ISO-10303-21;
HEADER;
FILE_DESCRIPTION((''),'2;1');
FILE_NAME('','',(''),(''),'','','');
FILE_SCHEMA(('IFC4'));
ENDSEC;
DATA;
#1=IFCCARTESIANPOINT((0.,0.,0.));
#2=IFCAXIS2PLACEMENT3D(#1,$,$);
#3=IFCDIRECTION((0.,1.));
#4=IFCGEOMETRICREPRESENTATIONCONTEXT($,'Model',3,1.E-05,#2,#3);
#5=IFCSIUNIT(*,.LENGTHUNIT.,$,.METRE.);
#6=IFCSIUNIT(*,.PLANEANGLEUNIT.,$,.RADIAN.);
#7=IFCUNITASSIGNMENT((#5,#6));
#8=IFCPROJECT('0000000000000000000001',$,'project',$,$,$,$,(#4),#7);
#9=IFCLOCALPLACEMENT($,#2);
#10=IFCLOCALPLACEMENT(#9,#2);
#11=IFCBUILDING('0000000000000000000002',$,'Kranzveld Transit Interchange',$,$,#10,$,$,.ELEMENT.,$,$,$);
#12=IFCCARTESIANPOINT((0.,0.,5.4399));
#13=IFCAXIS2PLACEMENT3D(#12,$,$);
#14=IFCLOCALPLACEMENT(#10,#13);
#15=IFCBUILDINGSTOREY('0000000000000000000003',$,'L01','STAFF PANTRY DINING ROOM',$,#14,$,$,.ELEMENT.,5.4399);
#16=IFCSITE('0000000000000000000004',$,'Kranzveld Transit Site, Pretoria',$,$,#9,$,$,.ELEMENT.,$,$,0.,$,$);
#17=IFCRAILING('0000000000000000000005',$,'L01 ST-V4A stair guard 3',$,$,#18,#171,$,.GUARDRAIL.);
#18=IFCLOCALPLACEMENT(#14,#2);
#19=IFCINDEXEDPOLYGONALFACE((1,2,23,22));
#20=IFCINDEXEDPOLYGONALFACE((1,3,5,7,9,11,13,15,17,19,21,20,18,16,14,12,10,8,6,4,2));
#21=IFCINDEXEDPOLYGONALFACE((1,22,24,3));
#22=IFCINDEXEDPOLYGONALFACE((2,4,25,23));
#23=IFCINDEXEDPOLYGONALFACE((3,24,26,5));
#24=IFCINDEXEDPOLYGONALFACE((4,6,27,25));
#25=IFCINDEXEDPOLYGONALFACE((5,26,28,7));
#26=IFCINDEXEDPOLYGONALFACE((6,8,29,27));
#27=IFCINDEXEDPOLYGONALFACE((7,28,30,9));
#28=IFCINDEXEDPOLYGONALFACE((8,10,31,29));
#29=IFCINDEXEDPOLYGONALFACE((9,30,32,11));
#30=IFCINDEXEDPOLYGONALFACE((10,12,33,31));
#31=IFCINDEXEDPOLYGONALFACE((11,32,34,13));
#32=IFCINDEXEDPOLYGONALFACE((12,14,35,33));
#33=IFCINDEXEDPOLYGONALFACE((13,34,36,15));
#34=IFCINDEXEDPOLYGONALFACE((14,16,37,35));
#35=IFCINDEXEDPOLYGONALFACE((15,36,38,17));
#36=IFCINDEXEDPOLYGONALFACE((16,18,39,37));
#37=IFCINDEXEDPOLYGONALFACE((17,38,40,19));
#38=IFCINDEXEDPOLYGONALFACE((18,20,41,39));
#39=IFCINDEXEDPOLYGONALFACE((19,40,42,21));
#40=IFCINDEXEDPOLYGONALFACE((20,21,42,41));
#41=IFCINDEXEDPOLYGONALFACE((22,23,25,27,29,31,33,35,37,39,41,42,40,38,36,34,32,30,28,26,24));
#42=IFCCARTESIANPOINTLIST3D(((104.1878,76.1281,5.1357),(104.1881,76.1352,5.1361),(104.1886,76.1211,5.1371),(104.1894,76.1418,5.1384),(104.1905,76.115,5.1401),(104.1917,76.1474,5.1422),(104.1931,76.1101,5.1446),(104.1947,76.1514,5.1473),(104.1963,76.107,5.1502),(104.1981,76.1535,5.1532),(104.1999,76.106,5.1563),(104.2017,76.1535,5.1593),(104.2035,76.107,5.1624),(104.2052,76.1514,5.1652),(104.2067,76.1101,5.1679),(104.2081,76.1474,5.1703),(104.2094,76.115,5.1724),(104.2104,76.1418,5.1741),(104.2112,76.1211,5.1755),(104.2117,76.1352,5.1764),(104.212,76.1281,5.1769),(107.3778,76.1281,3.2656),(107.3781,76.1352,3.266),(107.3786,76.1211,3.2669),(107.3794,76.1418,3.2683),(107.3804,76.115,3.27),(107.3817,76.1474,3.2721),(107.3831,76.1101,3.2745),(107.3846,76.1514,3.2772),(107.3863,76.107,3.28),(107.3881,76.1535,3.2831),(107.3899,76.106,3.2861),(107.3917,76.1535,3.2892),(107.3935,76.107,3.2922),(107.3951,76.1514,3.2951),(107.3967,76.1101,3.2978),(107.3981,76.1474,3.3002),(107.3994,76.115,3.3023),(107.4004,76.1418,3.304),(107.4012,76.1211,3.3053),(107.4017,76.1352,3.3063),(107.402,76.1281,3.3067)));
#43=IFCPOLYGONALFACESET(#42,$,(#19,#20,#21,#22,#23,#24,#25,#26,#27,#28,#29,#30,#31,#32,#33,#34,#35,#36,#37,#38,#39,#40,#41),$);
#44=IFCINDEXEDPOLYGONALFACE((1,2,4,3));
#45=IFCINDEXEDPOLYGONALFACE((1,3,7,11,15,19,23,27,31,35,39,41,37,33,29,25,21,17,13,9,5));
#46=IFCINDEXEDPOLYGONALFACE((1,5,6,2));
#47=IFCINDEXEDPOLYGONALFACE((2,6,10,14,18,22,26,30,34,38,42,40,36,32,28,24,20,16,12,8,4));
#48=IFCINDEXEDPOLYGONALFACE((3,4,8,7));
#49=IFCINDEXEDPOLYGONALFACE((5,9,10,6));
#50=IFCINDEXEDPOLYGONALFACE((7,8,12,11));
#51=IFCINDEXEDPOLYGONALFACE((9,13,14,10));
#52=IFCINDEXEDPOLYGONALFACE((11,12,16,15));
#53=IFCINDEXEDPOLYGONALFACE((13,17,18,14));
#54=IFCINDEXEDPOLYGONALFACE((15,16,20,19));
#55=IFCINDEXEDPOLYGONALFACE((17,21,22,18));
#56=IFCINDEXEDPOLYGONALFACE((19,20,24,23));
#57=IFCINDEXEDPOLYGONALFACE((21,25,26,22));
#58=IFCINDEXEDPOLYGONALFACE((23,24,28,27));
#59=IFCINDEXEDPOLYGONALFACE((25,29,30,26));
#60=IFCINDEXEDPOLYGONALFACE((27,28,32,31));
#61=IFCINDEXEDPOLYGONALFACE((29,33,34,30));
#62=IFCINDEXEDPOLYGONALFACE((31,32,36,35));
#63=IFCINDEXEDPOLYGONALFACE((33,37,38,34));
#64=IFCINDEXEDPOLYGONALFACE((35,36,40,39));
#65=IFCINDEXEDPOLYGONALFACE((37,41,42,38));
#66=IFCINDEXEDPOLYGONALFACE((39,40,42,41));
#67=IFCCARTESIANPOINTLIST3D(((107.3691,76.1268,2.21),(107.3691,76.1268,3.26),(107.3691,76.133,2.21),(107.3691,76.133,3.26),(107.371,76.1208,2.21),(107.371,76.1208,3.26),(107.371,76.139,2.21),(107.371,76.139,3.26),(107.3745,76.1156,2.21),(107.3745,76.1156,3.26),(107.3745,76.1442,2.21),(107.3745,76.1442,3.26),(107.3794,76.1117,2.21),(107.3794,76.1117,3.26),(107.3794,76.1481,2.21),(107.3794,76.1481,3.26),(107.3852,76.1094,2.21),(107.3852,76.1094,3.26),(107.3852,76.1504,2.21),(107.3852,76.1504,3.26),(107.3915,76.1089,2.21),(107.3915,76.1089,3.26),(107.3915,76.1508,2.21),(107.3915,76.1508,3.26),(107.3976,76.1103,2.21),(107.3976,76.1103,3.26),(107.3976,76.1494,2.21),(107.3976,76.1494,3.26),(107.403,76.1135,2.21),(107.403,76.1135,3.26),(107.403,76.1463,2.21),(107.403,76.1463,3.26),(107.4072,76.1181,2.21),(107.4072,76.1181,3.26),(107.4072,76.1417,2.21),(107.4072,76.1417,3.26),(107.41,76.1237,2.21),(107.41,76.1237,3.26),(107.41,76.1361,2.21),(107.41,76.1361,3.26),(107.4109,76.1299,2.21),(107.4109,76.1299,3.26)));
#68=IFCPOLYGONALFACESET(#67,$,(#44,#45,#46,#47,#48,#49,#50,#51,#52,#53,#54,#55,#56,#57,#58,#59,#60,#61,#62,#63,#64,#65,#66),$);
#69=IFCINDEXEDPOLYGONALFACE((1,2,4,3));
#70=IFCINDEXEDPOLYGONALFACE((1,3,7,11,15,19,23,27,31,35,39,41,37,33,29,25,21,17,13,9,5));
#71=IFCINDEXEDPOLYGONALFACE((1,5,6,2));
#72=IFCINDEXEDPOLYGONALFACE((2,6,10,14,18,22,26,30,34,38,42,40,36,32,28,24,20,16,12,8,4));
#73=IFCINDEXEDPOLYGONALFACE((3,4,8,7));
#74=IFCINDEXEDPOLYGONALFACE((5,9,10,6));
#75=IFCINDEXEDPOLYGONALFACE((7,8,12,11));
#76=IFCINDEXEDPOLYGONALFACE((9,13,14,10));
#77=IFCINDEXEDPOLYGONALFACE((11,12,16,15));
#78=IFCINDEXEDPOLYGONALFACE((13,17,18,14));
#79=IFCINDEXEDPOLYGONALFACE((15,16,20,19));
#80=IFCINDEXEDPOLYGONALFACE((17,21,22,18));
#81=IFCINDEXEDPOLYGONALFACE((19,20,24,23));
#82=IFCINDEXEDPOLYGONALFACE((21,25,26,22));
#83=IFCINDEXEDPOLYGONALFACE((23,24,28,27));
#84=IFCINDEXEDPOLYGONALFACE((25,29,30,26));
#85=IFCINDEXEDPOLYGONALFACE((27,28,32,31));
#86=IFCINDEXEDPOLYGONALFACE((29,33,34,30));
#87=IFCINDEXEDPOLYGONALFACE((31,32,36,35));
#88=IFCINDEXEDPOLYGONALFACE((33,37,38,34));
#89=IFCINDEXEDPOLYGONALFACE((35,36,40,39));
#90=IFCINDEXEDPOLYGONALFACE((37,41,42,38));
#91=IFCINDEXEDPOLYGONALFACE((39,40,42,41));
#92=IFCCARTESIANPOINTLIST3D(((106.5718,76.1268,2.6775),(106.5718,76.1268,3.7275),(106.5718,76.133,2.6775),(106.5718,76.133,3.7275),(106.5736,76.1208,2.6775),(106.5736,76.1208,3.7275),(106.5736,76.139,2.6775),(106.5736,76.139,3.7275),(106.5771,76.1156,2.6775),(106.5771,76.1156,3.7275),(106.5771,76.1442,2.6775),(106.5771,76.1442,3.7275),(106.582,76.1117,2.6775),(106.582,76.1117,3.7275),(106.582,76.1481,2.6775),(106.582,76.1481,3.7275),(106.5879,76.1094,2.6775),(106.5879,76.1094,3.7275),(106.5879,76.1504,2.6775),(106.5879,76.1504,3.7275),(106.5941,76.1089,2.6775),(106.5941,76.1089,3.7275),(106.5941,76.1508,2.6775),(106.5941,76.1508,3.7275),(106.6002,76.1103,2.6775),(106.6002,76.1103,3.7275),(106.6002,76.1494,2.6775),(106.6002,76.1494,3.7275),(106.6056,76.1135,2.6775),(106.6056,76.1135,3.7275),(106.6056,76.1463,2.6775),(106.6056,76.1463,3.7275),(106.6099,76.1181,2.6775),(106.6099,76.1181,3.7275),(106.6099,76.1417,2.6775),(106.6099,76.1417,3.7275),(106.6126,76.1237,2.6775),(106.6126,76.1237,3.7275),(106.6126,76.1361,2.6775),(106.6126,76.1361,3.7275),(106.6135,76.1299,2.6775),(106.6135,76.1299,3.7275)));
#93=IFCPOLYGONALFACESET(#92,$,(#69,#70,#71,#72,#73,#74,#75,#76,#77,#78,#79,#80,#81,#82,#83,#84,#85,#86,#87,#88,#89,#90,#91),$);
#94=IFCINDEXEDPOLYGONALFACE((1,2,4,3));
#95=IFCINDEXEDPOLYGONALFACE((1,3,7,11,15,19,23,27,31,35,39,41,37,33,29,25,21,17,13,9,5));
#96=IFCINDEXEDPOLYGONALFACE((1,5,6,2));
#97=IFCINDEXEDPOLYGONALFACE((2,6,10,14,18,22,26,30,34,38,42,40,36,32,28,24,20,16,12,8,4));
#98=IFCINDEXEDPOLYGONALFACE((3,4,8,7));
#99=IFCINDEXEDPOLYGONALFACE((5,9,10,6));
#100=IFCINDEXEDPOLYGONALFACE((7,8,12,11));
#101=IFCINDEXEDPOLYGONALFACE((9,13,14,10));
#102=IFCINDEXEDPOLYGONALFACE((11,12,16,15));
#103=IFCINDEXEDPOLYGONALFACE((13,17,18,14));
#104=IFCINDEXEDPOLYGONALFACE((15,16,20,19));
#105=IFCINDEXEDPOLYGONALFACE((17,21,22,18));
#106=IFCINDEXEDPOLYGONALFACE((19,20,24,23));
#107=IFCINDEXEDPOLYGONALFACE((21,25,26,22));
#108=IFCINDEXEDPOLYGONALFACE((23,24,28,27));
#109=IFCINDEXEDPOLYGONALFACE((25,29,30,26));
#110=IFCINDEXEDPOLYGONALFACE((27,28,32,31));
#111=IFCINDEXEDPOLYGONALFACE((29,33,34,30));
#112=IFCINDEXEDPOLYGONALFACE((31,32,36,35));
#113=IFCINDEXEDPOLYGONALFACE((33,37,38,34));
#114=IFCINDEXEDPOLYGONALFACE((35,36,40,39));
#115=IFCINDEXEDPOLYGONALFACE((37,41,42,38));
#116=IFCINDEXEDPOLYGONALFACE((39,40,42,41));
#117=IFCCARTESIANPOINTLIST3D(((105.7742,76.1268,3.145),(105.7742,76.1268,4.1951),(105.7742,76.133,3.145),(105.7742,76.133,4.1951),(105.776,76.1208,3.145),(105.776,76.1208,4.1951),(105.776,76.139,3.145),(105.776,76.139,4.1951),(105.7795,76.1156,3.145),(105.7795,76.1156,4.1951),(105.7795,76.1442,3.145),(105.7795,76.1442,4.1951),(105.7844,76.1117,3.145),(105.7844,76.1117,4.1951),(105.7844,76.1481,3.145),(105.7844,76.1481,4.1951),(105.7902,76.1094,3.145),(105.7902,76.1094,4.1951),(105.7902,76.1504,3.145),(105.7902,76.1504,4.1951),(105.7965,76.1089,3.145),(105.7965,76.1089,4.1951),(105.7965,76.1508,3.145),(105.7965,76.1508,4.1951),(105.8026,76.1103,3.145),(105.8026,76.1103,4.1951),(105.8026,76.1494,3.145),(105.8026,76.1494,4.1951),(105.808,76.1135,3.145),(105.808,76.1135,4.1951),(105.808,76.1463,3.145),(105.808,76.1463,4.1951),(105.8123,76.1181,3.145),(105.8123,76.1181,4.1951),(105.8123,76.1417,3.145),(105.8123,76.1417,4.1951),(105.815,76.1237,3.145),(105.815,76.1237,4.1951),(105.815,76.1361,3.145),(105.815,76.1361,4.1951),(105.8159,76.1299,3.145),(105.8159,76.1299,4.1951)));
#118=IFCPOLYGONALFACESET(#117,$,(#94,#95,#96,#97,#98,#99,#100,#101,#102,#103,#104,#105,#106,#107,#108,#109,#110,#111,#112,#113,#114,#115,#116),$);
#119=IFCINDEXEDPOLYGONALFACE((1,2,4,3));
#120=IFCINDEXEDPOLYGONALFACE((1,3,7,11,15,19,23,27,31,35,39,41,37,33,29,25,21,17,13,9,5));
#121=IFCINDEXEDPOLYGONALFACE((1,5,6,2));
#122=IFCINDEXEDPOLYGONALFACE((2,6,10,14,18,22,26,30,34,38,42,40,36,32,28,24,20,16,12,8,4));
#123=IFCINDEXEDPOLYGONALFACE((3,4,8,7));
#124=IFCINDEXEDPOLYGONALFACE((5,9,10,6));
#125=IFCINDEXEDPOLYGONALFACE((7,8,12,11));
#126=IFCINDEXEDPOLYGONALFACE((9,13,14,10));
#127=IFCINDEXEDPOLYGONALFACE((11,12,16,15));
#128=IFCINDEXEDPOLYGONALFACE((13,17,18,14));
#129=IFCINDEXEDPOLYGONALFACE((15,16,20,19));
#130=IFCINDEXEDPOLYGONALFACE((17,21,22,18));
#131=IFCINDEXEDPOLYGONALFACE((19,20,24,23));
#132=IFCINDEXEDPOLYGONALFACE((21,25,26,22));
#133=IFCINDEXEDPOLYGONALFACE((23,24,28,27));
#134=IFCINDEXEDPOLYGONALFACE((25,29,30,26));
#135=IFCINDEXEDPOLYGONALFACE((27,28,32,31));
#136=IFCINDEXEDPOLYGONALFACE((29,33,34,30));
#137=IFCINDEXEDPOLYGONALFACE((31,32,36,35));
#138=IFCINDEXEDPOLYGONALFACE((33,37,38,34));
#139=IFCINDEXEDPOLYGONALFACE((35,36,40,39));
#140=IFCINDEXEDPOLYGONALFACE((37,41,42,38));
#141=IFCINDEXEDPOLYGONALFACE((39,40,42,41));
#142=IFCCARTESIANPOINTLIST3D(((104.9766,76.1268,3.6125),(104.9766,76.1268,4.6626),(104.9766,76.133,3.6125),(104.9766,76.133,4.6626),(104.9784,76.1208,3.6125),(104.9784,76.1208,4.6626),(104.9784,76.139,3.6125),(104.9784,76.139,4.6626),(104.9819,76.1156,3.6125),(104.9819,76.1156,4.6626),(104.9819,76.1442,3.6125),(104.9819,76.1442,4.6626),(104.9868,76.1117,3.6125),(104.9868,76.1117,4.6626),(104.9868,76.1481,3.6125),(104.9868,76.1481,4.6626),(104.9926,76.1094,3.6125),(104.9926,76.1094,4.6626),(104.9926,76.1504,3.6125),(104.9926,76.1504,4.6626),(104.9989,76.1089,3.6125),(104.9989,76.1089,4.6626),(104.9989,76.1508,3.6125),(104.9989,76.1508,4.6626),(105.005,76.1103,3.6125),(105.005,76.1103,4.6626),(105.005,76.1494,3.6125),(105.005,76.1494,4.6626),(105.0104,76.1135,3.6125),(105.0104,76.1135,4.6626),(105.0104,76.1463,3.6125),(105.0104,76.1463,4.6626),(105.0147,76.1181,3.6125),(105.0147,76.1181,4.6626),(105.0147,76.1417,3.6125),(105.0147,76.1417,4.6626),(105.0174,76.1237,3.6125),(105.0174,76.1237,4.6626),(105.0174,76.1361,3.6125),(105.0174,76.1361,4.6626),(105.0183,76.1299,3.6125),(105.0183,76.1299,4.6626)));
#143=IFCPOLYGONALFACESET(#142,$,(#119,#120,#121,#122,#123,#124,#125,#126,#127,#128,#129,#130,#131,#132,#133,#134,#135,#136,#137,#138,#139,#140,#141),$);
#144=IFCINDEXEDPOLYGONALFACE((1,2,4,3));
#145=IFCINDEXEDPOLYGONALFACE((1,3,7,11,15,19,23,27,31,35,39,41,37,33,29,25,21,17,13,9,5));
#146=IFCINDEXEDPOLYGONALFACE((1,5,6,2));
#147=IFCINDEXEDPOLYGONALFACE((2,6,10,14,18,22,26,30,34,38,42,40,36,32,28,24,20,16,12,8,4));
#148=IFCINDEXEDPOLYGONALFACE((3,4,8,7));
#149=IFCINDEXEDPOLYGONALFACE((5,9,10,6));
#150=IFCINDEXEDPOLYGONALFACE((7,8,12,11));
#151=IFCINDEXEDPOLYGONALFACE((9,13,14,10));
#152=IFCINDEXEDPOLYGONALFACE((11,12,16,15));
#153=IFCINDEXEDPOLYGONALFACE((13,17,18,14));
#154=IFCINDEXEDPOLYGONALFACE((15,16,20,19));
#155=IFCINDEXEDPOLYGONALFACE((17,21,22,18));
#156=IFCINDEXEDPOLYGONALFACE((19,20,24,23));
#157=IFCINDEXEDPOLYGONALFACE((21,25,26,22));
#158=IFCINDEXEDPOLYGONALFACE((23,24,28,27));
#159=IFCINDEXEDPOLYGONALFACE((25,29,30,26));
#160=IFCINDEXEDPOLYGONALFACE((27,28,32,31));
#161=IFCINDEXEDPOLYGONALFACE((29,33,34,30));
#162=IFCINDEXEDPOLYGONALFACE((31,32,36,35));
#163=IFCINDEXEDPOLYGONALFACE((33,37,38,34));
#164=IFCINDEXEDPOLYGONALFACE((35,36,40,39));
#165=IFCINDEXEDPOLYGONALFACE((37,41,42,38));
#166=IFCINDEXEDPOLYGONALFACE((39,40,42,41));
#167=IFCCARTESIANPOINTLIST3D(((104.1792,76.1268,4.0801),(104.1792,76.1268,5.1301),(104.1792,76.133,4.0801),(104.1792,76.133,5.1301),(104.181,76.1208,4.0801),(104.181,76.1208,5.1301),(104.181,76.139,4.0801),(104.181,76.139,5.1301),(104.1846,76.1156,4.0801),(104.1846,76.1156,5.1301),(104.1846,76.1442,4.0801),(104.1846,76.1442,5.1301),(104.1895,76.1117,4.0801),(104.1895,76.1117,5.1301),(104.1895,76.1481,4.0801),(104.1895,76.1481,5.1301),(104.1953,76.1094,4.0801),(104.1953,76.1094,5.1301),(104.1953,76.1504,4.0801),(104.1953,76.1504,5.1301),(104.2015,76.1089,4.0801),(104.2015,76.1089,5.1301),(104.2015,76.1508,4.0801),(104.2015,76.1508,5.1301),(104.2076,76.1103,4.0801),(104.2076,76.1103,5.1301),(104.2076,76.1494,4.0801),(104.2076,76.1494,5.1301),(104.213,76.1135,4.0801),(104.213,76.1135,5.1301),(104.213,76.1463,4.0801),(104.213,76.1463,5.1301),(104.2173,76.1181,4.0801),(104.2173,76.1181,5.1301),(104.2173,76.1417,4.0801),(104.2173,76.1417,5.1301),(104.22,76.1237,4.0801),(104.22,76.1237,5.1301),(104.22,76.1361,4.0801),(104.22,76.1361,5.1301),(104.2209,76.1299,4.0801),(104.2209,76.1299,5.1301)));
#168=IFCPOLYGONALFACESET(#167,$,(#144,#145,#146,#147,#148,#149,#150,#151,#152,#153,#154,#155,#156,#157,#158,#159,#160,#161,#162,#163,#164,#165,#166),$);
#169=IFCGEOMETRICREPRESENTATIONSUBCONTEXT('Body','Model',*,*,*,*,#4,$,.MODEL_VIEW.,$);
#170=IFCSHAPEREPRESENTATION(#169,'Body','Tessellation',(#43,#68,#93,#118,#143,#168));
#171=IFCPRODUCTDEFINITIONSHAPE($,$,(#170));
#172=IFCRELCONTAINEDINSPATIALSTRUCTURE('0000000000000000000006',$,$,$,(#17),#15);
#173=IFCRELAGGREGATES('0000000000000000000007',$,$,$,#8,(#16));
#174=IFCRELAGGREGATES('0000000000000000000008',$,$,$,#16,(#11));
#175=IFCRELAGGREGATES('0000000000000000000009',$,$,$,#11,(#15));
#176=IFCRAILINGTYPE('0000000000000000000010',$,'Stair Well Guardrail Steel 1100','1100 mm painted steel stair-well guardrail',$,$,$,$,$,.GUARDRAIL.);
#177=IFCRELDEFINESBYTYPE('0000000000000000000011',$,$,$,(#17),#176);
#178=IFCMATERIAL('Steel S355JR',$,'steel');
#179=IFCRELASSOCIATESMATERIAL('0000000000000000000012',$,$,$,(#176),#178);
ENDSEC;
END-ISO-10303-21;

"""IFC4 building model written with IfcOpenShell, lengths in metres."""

from ifc_helpers import new_model, si_unit, direction, frame, origin, origin_2d, place, context, subcontext, project, spatial, circle, extrude, material, type_object, element, save


model = new_model("IFC4")

# Units and contexts
model_context = context("Model", 3, precision=1e-05, world=origin(), true_north=direction((0.0, 1.0)))
body_context = subcontext(model_context, "Body", "Model", "MODEL_VIEW")
ifc_project = project(units=[si_unit("LENGTHUNIT", "METRE"), si_unit("PLANEANGLEUNIT", "RADIAN")], contexts=[model_context])

# Site, building, storey
site_placement = place(None, origin())
site = spatial("IfcSite", under=ifc_project, at=site_placement, Name="Kranzveld Transit Site, Pretoria", CompositionType="ELEMENT", RefElevation=0.0)
building_placement = place(site_placement, origin())
building = spatial("IfcBuilding", under=site, at=building_placement, Name="Kranzveld Transit Interchange", CompositionType="ELEMENT")
storey_placement = place(building_placement, frame((0.0, 0.0, 5.4399)))
storey = spatial("IfcBuildingStorey", under=building, at=storey_placement, Name="L01", Description="STAFF PANTRY DINING ROOM", CompositionType="ELEMENT", Elevation=5.4399)

# Railing
ifc_material_1 = material(Name="Steel S355JR", Category="steel")
railing_type_1 = type_object("IfcRailingType", Name="Stair Well Guardrail Steel 1100", Description="1100 mm painted steel stair-well guardrail", PredefinedType="GUARDRAIL", material=ifc_material_1)
railing_1_placement = place(storey_placement, frame((107.3899, 76.1299, 2.21)))
element("IfcRailing", 1, at=railing_1_placement, inside=storey, type_object=railing_type_1, Name="L01 ST-V4A stair guard 3", PredefinedType="GUARDRAIL", context=body_context, shape_type="SweptSolid", body=[
    extrude(circle(Radius=0.0239, at=origin_2d()), frame((0.0, 0.0, 1.0762), z_axis=(-0.86268, 0.0, 0.50575), x_axis=(0.0, -1.0, 0.0)), (0.0, 0.0, 1.0), 3.6978),
    extrude(circle(Radius=0.021, at=origin_2d()), origin(), (0.0, 0.0, 1.0), 1.05),
    extrude(circle(Radius=0.021, at=origin_2d()), frame((-0.7974, 0.0, 0.4675)), (0.0, 0.0, 1.0), 1.05),
    extrude(circle(Radius=0.021, at=origin_2d()), frame((-1.595, 0.0, 0.9351)), (0.0, 0.0, 1.0), 1.05),
    extrude(circle(Radius=0.021, at=origin_2d()), frame((-2.3926, 0.0, 1.4026)), (0.0, 0.0, 1.0), 1.05),
    extrude(circle(Radius=0.021, at=origin_2d()), frame((-3.1899, 0.0, 1.8701)), (0.0, 0.0, 1.0), 1.05),
])

save(model, "model.ifc")
